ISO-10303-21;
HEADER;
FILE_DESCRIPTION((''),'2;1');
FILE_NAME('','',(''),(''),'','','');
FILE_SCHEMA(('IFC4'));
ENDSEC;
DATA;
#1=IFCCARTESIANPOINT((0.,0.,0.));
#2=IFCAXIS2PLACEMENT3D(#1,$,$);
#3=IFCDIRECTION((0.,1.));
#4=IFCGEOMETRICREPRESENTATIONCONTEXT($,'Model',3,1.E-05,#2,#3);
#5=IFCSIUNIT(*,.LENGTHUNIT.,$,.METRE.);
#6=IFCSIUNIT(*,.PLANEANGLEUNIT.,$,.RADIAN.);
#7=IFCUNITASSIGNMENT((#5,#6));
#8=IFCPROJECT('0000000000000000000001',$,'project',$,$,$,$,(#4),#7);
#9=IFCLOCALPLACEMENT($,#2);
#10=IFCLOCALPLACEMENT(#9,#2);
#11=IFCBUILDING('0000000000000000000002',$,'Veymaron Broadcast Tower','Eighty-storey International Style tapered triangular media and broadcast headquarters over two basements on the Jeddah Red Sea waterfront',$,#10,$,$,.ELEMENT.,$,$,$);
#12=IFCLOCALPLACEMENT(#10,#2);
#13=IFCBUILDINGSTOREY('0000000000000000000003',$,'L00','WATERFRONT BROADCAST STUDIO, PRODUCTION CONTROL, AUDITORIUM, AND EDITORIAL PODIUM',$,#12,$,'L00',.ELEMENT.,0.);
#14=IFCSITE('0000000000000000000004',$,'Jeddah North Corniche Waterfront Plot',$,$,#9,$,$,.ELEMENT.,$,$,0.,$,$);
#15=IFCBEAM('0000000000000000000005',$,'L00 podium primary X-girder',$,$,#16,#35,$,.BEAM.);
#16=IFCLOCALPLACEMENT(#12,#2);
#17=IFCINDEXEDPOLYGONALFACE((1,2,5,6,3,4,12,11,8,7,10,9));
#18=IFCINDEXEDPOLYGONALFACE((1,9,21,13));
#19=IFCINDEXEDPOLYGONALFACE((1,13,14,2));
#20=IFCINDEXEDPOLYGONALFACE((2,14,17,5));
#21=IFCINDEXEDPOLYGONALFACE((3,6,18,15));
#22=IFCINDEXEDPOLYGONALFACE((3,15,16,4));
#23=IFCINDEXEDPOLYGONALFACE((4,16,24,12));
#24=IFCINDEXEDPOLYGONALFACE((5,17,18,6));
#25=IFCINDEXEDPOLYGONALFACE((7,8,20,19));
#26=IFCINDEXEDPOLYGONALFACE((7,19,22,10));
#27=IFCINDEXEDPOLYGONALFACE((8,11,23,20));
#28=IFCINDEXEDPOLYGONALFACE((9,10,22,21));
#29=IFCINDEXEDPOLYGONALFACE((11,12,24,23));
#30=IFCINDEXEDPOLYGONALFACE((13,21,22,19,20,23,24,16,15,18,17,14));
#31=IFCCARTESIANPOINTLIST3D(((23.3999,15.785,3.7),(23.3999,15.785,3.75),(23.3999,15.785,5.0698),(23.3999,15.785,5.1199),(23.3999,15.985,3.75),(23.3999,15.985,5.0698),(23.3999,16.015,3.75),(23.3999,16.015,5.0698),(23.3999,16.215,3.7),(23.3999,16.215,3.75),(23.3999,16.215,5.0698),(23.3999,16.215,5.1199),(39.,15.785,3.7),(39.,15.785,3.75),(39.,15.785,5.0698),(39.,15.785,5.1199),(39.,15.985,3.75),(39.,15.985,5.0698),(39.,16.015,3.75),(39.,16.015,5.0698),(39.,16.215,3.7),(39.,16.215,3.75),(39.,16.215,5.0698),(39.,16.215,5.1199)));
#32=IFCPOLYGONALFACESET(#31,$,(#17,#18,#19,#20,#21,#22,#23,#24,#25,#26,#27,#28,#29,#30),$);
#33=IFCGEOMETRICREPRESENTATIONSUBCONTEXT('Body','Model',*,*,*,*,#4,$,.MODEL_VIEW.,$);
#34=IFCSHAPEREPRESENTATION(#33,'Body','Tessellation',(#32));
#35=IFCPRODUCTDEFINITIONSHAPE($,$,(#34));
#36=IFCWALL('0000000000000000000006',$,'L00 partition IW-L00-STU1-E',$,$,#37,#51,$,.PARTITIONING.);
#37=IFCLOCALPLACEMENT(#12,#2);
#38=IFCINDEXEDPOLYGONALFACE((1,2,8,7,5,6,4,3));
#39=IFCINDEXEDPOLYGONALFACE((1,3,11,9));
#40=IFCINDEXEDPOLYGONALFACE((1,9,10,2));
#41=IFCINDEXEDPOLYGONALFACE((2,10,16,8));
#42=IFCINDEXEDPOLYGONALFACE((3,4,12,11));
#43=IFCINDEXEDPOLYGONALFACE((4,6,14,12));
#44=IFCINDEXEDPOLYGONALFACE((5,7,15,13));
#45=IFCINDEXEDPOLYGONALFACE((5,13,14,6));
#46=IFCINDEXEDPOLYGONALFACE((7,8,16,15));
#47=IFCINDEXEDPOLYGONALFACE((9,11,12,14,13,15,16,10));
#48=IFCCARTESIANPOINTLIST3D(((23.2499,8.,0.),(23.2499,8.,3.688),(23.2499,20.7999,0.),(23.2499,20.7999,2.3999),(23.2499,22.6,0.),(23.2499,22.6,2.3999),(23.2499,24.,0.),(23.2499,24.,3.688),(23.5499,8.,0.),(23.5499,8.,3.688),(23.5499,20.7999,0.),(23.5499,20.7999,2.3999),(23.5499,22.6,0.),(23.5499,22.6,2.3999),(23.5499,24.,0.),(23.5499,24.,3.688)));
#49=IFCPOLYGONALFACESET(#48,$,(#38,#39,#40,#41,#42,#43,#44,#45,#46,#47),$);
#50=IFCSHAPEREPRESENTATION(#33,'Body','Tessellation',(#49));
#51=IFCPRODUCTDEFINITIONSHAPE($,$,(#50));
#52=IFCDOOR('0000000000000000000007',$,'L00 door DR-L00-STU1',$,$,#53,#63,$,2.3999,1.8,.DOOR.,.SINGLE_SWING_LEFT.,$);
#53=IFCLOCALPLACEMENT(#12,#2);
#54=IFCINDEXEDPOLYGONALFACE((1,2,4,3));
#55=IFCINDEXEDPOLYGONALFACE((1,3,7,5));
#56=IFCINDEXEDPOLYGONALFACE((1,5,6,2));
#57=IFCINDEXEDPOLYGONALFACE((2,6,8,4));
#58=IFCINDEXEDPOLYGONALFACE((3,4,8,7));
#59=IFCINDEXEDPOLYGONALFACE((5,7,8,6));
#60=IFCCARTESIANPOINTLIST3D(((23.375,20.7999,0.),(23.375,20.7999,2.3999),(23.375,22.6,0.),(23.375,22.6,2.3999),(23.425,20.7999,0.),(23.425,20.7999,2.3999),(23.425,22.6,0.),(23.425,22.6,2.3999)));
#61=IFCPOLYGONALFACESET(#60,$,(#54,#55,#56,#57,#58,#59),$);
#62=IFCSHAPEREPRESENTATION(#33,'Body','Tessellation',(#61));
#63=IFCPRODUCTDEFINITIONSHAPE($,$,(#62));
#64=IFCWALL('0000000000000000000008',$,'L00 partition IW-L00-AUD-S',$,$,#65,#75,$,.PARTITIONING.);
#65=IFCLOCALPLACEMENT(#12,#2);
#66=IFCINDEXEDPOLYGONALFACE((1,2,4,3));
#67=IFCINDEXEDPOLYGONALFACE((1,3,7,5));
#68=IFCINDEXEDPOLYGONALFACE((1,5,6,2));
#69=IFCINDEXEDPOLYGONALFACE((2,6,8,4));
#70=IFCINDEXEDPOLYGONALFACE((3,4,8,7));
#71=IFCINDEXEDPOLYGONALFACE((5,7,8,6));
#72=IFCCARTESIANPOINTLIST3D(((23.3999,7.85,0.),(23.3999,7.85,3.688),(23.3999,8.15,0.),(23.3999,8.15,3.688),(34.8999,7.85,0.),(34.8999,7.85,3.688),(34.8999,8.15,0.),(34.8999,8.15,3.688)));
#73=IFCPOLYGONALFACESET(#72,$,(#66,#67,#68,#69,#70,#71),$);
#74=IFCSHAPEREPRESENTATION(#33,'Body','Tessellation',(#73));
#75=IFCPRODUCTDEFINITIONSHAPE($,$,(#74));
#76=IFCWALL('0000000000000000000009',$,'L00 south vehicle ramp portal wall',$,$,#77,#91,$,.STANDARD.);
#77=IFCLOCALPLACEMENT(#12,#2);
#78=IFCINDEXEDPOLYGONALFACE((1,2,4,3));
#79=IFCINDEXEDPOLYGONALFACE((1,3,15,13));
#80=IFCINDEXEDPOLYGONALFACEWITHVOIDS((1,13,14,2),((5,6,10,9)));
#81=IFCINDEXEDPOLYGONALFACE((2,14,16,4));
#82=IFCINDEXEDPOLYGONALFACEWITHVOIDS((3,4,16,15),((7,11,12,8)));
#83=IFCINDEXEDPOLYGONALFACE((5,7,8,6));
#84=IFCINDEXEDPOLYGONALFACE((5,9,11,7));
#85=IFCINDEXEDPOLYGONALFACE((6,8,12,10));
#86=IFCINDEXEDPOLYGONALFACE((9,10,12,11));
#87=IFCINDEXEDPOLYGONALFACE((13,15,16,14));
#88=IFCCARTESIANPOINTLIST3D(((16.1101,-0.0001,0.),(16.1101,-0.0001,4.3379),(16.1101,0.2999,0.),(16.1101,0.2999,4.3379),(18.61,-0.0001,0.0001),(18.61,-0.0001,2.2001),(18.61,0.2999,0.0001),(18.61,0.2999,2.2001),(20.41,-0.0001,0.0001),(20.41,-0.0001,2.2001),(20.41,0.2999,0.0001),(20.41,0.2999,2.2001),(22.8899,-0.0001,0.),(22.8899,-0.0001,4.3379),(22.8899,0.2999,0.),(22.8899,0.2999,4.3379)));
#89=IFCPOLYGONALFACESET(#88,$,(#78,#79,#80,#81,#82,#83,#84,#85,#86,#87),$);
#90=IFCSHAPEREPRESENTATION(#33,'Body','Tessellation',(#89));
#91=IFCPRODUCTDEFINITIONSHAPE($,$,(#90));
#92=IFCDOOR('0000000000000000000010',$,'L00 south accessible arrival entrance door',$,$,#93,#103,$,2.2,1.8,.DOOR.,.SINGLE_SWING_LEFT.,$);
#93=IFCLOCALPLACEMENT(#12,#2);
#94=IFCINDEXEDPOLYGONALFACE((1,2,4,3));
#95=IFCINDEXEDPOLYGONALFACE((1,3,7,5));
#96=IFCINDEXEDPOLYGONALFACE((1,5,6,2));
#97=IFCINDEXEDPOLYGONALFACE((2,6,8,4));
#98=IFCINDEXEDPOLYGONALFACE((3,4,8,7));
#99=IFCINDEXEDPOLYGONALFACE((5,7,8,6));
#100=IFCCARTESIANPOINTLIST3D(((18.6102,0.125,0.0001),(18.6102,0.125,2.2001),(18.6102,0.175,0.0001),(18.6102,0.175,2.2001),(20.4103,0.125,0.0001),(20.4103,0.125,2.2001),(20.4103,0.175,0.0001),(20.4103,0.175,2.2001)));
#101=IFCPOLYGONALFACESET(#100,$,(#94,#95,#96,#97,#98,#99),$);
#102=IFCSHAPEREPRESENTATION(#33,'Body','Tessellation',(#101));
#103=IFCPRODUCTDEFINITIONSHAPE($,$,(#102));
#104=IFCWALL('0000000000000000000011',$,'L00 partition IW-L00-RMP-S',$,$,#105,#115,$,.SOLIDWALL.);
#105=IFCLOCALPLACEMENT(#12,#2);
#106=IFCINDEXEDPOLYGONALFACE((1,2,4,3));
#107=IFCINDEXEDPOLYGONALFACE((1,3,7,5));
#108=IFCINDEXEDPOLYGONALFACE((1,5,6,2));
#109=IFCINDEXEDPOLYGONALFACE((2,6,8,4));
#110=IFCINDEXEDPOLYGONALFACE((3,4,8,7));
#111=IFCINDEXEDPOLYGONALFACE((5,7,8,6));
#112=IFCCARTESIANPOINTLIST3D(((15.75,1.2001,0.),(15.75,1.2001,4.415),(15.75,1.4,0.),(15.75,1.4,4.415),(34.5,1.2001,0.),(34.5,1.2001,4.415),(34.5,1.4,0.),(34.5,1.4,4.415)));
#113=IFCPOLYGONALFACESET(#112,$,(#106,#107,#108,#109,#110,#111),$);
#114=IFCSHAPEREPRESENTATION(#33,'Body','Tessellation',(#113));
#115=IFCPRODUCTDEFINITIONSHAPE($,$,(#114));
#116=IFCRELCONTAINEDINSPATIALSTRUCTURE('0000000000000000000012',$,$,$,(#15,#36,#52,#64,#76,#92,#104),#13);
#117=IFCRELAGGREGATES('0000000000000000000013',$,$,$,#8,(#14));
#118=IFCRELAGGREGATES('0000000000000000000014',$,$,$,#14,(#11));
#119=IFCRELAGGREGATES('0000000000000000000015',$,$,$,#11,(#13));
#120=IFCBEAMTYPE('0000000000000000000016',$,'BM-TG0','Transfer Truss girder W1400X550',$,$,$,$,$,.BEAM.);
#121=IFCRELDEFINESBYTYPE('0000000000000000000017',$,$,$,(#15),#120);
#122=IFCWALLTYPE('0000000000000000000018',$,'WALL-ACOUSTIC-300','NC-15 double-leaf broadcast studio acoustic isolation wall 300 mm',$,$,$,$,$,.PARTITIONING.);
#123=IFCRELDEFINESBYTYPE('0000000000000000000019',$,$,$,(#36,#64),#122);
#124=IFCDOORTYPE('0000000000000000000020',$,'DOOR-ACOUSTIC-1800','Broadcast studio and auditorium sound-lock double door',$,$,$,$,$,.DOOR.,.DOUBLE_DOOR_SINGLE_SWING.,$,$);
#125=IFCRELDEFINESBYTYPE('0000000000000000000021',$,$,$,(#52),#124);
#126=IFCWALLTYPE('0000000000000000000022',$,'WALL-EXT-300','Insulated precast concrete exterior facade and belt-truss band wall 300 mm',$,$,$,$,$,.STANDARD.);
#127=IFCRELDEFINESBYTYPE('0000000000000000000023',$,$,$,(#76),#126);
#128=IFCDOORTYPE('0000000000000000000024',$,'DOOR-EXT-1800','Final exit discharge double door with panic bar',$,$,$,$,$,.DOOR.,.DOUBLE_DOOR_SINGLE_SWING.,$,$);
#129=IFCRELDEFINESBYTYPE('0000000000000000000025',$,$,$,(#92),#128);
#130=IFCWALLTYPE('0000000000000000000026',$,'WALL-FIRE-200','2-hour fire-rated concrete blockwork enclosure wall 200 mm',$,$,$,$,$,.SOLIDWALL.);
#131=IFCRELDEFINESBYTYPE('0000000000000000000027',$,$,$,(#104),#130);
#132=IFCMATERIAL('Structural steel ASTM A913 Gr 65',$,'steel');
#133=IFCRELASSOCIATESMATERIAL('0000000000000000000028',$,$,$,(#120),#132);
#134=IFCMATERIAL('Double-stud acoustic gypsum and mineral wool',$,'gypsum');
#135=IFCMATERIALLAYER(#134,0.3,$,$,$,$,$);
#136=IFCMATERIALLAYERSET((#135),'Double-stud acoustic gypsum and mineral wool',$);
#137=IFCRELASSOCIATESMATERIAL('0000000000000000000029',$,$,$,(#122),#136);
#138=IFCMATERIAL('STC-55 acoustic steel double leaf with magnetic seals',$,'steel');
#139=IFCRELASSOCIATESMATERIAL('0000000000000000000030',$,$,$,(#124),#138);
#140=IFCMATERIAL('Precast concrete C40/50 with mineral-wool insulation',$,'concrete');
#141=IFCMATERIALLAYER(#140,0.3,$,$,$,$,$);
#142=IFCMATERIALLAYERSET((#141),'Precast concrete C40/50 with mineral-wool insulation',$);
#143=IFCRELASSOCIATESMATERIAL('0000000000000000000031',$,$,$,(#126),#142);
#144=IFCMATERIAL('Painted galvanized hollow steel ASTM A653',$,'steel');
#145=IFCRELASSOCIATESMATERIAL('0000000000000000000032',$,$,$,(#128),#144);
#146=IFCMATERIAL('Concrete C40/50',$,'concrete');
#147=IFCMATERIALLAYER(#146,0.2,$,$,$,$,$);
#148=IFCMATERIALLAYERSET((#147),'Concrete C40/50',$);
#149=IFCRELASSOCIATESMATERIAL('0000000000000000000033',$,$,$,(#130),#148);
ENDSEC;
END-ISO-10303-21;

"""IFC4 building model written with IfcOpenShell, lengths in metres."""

from ifc_helpers import new_model, si_unit, direction, frame, frame_2d, origin, origin_2d, place, context, subcontext, project, spatial, rectangle, i_section, extrude, material, layer, layer_set, material_profile, profile_set, type_object, element, fill, save


model = new_model("IFC4")

# Units and contexts
model_context = context("Model", 3, precision=1e-05, world=origin(), true_north=direction((0.0, 1.0)))
body_context = subcontext(model_context, "Body", "Model", "MODEL_VIEW")
ifc_project = project(units=[si_unit("LENGTHUNIT", "METRE"), si_unit("PLANEANGLEUNIT", "RADIAN")], contexts=[model_context])

# Site, building, storey
site_placement = place(None, origin())
site = spatial("IfcSite", under=ifc_project, at=site_placement, Name="Jeddah North Corniche Waterfront Plot", CompositionType="ELEMENT", RefElevation=0.0)
building_placement = place(site_placement, origin())
building = spatial("IfcBuilding", under=site, at=building_placement, Name="Veymaron Broadcast Tower", Description="Eighty-storey International Style tapered triangular media and broadcast headquarters over two basements on the Jeddah Red Sea waterfront", CompositionType="ELEMENT")
storey_placement = place(building_placement, origin())
storey = spatial("IfcBuildingStorey", under=building, at=storey_placement, Name="L00", Description="WATERFRONT BROADCAST STUDIO, PRODUCTION CONTROL, AUDITORIUM, AND EDITORIAL PODIUM", LongName="L00", CompositionType="ELEMENT", Elevation=0.0)

# Shared definitions
ifc_material_1 = material(Name="Structural steel ASTM A913 Gr 65", Category="steel")

# Beam
ifc_material_profile_1 = material_profile(ifc_material_1, i_section(OverallWidth=0.4299, OverallDepth=1.4199, WebThickness=0.03, FlangeThickness=0.05, at=origin_2d()), Name="W1400X550")
ifc_profile_set_1 = profile_set([ifc_material_profile_1], Name="Structural steel ASTM A913 Gr 65")
beam_type_1 = type_object("IfcBeamType", Name="BM-TG0", Description="Transfer Truss girder W1400X550", PredefinedType="BEAM", material=ifc_profile_set_1)
beam_1_placement = place(storey_placement, frame((23.3999, 16.0, 4.4099), z_axis=(1.0, 0.0, 0.0), x_axis=(0.0, 1.0, 0.0)))
element("IfcBeam", 1, at=beam_1_placement, inside=storey, type_object=beam_type_1, Name="L00 podium primary X-girder", PredefinedType="BEAM", context=body_context, shape_type="SweptSolid", body=[
    extrude(i_section(OverallWidth=0.4299, OverallDepth=1.4199, WebThickness=0.03, FlangeThickness=0.05, at=origin_2d()), origin(), (0.0, 0.0, 1.0), 15.6001),
])

# Wall, opening, door
ifc_material_2 = material(Name="Double-stud acoustic gypsum and mineral wool", Category="gypsum")
ifc_layer_1 = layer(ifc_material_2, 0.3)
ifc_layer_set_1 = layer_set([ifc_layer_1], Name="Double-stud acoustic gypsum and mineral wool")
wall_type_1 = type_object("IfcWallType", Name="WALL-ACOUSTIC-300", Description="NC-15 double-leaf broadcast studio acoustic isolation wall 300 mm", PredefinedType="PARTITIONING", material=ifc_layer_set_1)
wall_1_placement = place(storey_placement, frame((23.3999, 8.0, 0.0), z_axis=(0.0, 0.0, 1.0), x_axis=(0.0, 1.0, 0.0)))
wall_1 = element("IfcWall", 2, at=wall_1_placement, inside=storey, type_object=wall_type_1, Name="L00 partition IW-L00-STU1-E", PredefinedType="PARTITIONING", context=body_context, shape_type="SweptSolid", body=[
    extrude(rectangle(XDim=16.0, YDim=0.3, at=frame_2d((8.0, 0.0))), origin(), (0.0, 0.0, 1.0), 3.688),
])
opening_1_placement = place(wall_1_placement, frame((12.8, 0.0, 0.0)))
opening_1 = element("IfcOpeningElement", 3, at=opening_1_placement, cuts=wall_1, PredefinedType="OPENING", context=body_context, shape_type="SweptSolid", body=[
    extrude(rectangle(XDim=1.8, YDim=2.3999, at=frame_2d((0.8999, 1.2))), frame((0.0, 0.1602, 0.0), z_axis=(0.0, -1.0, 0.0), x_axis=(1.0, 0.0, 0.0)), (0.0, 0.0, 1.0), 0.3201),
])
ifc_material_3 = material(Name="STC-55 acoustic steel double leaf with magnetic seals", Category="steel")
door_type_1 = type_object("IfcDoorType", Name="DOOR-ACOUSTIC-1800", Description="Broadcast studio and auditorium sound-lock double door", OperationType="DOUBLE_DOOR_SINGLE_SWING", PredefinedType="DOOR", material=ifc_material_3)
door_1_placement = place(opening_1_placement, origin())
door_1 = element("IfcDoor", 4, at=door_1_placement, inside=storey, type_object=door_type_1, Name="L00 door DR-L00-STU1", OperationType="SINGLE_SWING_LEFT", OverallHeight=2.3999, OverallWidth=1.8, PredefinedType="DOOR", context=body_context, shape_type="SweptSolid", body=[
    extrude(rectangle(XDim=1.8, YDim=2.3999, at=frame_2d((0.8999, 1.2))), frame((0.0, 0.0249, 0.0), z_axis=(0.0, -1.0, 0.0), x_axis=(1.0, 0.0, 0.0)), (0.0, 0.0, 1.0), 0.05),
])
fill(opening_1, door_1)

# Wall
wall_2_placement = place(storey_placement, frame((23.3999, 8.0, 0.0), z_axis=(0.0, 0.0, 1.0), x_axis=(1.0, 0.0, 0.0)))
element("IfcWall", 5, at=wall_2_placement, inside=storey, type_object=wall_type_1, Name="L00 partition IW-L00-AUD-S", PredefinedType="PARTITIONING", context=body_context, shape_type="SweptSolid", body=[
    extrude(rectangle(XDim=11.5, YDim=0.3, at=frame_2d((5.75, 0.0))), origin(), (0.0, 0.0, 1.0), 3.688),
])

# Wall, opening, door
ifc_material_4 = material(Name="Precast concrete C40/50 with mineral-wool insulation", Category="concrete")
ifc_layer_2 = layer(ifc_material_4, 0.3)
ifc_layer_set_2 = layer_set([ifc_layer_2], Name="Precast concrete C40/50 with mineral-wool insulation")
wall_type_2 = type_object("IfcWallType", Name="WALL-EXT-300", Description="Insulated precast concrete exterior facade and belt-truss band wall 300 mm", PredefinedType="STANDARD", material=ifc_layer_set_2)
wall_3_placement = place(storey_placement, frame((16.1101, 0.1499, 0.0), z_axis=(0.0, 0.0, 1.0), x_axis=(1.0, 0.0, 0.0)))
wall_3 = element("IfcWall", 6, at=wall_3_placement, inside=storey, type_object=wall_type_2, Name="L00 south vehicle ramp portal wall", PredefinedType="STANDARD", context=body_context, shape_type="SweptSolid", body=[
    extrude(rectangle(XDim=6.7798, YDim=0.3, at=frame_2d((3.3899, 0.0))), origin(), (0.0, 0.0, 1.0), 4.3379),
])
opening_2_placement = place(wall_3_placement, frame((2.5, 0.0, 0.0)))
opening_2 = element("IfcOpeningElement", 7, at=opening_2_placement, cuts=wall_3, PredefinedType="OPENING", context=body_context, shape_type="SweptSolid", body=[
    extrude(rectangle(XDim=1.8, YDim=2.2, at=frame_2d((0.8999, 1.1001))), frame((0.0, 0.1602, 0.0), z_axis=(0.0, -1.0, 0.0), x_axis=(1.0, 0.0, 0.0)), (0.0, 0.0, 1.0), 0.3201),
])
ifc_material_5 = material(Name="Painted galvanized hollow steel ASTM A653", Category="steel")
door_type_2 = type_object("IfcDoorType", Name="DOOR-EXT-1800", Description="Final exit discharge double door with panic bar", OperationType="DOUBLE_DOOR_SINGLE_SWING", PredefinedType="DOOR", material=ifc_material_5)
door_2_placement = place(opening_2_placement, frame((1.8, 0.0, 0.0), z_axis=(0.0, 0.0, 1.0), x_axis=(-1.0, 0.0, 0.0)))
door_2 = element("IfcDoor", 8, at=door_2_placement, inside=storey, type_object=door_type_2, Name="L00 south accessible arrival entrance door", OperationType="SINGLE_SWING_LEFT", OverallHeight=2.2, OverallWidth=1.8, PredefinedType="DOOR", context=body_context, shape_type="SweptSolid", body=[
    extrude(rectangle(XDim=1.8, YDim=2.2, at=frame_2d((0.8999, 1.1001))), frame((0.0, 0.0249, 0.0), z_axis=(0.0, -1.0, 0.0), x_axis=(1.0, 0.0, 0.0)), (0.0, 0.0, 1.0), 0.05),
])
fill(opening_2, door_2)

# Wall
ifc_material_6 = material(Name="Concrete C40/50", Category="concrete")
ifc_layer_3 = layer(ifc_material_6, 0.2)
ifc_layer_set_3 = layer_set([ifc_layer_3], Name="Concrete C40/50")
wall_type_3 = type_object("IfcWallType", Name="WALL-FIRE-200", Description="2-hour fire-rated concrete blockwork enclosure wall 200 mm", PredefinedType="SOLIDWALL", material=ifc_layer_set_3)
wall_4_placement = place(storey_placement, frame((15.75, 1.3, 0.0), z_axis=(0.0, 0.0, 1.0), x_axis=(1.0, 0.0, 0.0)))
element("IfcWall", 9, at=wall_4_placement, inside=storey, type_object=wall_type_3, Name="L00 partition IW-L00-RMP-S", PredefinedType="SOLIDWALL", context=body_context, shape_type="SweptSolid", body=[
    extrude(rectangle(XDim=18.75, YDim=0.2, at=frame_2d((9.375, 0.0))), origin(), (0.0, 0.0, 1.0), 4.415),
])

save(model, "model.ifc")
